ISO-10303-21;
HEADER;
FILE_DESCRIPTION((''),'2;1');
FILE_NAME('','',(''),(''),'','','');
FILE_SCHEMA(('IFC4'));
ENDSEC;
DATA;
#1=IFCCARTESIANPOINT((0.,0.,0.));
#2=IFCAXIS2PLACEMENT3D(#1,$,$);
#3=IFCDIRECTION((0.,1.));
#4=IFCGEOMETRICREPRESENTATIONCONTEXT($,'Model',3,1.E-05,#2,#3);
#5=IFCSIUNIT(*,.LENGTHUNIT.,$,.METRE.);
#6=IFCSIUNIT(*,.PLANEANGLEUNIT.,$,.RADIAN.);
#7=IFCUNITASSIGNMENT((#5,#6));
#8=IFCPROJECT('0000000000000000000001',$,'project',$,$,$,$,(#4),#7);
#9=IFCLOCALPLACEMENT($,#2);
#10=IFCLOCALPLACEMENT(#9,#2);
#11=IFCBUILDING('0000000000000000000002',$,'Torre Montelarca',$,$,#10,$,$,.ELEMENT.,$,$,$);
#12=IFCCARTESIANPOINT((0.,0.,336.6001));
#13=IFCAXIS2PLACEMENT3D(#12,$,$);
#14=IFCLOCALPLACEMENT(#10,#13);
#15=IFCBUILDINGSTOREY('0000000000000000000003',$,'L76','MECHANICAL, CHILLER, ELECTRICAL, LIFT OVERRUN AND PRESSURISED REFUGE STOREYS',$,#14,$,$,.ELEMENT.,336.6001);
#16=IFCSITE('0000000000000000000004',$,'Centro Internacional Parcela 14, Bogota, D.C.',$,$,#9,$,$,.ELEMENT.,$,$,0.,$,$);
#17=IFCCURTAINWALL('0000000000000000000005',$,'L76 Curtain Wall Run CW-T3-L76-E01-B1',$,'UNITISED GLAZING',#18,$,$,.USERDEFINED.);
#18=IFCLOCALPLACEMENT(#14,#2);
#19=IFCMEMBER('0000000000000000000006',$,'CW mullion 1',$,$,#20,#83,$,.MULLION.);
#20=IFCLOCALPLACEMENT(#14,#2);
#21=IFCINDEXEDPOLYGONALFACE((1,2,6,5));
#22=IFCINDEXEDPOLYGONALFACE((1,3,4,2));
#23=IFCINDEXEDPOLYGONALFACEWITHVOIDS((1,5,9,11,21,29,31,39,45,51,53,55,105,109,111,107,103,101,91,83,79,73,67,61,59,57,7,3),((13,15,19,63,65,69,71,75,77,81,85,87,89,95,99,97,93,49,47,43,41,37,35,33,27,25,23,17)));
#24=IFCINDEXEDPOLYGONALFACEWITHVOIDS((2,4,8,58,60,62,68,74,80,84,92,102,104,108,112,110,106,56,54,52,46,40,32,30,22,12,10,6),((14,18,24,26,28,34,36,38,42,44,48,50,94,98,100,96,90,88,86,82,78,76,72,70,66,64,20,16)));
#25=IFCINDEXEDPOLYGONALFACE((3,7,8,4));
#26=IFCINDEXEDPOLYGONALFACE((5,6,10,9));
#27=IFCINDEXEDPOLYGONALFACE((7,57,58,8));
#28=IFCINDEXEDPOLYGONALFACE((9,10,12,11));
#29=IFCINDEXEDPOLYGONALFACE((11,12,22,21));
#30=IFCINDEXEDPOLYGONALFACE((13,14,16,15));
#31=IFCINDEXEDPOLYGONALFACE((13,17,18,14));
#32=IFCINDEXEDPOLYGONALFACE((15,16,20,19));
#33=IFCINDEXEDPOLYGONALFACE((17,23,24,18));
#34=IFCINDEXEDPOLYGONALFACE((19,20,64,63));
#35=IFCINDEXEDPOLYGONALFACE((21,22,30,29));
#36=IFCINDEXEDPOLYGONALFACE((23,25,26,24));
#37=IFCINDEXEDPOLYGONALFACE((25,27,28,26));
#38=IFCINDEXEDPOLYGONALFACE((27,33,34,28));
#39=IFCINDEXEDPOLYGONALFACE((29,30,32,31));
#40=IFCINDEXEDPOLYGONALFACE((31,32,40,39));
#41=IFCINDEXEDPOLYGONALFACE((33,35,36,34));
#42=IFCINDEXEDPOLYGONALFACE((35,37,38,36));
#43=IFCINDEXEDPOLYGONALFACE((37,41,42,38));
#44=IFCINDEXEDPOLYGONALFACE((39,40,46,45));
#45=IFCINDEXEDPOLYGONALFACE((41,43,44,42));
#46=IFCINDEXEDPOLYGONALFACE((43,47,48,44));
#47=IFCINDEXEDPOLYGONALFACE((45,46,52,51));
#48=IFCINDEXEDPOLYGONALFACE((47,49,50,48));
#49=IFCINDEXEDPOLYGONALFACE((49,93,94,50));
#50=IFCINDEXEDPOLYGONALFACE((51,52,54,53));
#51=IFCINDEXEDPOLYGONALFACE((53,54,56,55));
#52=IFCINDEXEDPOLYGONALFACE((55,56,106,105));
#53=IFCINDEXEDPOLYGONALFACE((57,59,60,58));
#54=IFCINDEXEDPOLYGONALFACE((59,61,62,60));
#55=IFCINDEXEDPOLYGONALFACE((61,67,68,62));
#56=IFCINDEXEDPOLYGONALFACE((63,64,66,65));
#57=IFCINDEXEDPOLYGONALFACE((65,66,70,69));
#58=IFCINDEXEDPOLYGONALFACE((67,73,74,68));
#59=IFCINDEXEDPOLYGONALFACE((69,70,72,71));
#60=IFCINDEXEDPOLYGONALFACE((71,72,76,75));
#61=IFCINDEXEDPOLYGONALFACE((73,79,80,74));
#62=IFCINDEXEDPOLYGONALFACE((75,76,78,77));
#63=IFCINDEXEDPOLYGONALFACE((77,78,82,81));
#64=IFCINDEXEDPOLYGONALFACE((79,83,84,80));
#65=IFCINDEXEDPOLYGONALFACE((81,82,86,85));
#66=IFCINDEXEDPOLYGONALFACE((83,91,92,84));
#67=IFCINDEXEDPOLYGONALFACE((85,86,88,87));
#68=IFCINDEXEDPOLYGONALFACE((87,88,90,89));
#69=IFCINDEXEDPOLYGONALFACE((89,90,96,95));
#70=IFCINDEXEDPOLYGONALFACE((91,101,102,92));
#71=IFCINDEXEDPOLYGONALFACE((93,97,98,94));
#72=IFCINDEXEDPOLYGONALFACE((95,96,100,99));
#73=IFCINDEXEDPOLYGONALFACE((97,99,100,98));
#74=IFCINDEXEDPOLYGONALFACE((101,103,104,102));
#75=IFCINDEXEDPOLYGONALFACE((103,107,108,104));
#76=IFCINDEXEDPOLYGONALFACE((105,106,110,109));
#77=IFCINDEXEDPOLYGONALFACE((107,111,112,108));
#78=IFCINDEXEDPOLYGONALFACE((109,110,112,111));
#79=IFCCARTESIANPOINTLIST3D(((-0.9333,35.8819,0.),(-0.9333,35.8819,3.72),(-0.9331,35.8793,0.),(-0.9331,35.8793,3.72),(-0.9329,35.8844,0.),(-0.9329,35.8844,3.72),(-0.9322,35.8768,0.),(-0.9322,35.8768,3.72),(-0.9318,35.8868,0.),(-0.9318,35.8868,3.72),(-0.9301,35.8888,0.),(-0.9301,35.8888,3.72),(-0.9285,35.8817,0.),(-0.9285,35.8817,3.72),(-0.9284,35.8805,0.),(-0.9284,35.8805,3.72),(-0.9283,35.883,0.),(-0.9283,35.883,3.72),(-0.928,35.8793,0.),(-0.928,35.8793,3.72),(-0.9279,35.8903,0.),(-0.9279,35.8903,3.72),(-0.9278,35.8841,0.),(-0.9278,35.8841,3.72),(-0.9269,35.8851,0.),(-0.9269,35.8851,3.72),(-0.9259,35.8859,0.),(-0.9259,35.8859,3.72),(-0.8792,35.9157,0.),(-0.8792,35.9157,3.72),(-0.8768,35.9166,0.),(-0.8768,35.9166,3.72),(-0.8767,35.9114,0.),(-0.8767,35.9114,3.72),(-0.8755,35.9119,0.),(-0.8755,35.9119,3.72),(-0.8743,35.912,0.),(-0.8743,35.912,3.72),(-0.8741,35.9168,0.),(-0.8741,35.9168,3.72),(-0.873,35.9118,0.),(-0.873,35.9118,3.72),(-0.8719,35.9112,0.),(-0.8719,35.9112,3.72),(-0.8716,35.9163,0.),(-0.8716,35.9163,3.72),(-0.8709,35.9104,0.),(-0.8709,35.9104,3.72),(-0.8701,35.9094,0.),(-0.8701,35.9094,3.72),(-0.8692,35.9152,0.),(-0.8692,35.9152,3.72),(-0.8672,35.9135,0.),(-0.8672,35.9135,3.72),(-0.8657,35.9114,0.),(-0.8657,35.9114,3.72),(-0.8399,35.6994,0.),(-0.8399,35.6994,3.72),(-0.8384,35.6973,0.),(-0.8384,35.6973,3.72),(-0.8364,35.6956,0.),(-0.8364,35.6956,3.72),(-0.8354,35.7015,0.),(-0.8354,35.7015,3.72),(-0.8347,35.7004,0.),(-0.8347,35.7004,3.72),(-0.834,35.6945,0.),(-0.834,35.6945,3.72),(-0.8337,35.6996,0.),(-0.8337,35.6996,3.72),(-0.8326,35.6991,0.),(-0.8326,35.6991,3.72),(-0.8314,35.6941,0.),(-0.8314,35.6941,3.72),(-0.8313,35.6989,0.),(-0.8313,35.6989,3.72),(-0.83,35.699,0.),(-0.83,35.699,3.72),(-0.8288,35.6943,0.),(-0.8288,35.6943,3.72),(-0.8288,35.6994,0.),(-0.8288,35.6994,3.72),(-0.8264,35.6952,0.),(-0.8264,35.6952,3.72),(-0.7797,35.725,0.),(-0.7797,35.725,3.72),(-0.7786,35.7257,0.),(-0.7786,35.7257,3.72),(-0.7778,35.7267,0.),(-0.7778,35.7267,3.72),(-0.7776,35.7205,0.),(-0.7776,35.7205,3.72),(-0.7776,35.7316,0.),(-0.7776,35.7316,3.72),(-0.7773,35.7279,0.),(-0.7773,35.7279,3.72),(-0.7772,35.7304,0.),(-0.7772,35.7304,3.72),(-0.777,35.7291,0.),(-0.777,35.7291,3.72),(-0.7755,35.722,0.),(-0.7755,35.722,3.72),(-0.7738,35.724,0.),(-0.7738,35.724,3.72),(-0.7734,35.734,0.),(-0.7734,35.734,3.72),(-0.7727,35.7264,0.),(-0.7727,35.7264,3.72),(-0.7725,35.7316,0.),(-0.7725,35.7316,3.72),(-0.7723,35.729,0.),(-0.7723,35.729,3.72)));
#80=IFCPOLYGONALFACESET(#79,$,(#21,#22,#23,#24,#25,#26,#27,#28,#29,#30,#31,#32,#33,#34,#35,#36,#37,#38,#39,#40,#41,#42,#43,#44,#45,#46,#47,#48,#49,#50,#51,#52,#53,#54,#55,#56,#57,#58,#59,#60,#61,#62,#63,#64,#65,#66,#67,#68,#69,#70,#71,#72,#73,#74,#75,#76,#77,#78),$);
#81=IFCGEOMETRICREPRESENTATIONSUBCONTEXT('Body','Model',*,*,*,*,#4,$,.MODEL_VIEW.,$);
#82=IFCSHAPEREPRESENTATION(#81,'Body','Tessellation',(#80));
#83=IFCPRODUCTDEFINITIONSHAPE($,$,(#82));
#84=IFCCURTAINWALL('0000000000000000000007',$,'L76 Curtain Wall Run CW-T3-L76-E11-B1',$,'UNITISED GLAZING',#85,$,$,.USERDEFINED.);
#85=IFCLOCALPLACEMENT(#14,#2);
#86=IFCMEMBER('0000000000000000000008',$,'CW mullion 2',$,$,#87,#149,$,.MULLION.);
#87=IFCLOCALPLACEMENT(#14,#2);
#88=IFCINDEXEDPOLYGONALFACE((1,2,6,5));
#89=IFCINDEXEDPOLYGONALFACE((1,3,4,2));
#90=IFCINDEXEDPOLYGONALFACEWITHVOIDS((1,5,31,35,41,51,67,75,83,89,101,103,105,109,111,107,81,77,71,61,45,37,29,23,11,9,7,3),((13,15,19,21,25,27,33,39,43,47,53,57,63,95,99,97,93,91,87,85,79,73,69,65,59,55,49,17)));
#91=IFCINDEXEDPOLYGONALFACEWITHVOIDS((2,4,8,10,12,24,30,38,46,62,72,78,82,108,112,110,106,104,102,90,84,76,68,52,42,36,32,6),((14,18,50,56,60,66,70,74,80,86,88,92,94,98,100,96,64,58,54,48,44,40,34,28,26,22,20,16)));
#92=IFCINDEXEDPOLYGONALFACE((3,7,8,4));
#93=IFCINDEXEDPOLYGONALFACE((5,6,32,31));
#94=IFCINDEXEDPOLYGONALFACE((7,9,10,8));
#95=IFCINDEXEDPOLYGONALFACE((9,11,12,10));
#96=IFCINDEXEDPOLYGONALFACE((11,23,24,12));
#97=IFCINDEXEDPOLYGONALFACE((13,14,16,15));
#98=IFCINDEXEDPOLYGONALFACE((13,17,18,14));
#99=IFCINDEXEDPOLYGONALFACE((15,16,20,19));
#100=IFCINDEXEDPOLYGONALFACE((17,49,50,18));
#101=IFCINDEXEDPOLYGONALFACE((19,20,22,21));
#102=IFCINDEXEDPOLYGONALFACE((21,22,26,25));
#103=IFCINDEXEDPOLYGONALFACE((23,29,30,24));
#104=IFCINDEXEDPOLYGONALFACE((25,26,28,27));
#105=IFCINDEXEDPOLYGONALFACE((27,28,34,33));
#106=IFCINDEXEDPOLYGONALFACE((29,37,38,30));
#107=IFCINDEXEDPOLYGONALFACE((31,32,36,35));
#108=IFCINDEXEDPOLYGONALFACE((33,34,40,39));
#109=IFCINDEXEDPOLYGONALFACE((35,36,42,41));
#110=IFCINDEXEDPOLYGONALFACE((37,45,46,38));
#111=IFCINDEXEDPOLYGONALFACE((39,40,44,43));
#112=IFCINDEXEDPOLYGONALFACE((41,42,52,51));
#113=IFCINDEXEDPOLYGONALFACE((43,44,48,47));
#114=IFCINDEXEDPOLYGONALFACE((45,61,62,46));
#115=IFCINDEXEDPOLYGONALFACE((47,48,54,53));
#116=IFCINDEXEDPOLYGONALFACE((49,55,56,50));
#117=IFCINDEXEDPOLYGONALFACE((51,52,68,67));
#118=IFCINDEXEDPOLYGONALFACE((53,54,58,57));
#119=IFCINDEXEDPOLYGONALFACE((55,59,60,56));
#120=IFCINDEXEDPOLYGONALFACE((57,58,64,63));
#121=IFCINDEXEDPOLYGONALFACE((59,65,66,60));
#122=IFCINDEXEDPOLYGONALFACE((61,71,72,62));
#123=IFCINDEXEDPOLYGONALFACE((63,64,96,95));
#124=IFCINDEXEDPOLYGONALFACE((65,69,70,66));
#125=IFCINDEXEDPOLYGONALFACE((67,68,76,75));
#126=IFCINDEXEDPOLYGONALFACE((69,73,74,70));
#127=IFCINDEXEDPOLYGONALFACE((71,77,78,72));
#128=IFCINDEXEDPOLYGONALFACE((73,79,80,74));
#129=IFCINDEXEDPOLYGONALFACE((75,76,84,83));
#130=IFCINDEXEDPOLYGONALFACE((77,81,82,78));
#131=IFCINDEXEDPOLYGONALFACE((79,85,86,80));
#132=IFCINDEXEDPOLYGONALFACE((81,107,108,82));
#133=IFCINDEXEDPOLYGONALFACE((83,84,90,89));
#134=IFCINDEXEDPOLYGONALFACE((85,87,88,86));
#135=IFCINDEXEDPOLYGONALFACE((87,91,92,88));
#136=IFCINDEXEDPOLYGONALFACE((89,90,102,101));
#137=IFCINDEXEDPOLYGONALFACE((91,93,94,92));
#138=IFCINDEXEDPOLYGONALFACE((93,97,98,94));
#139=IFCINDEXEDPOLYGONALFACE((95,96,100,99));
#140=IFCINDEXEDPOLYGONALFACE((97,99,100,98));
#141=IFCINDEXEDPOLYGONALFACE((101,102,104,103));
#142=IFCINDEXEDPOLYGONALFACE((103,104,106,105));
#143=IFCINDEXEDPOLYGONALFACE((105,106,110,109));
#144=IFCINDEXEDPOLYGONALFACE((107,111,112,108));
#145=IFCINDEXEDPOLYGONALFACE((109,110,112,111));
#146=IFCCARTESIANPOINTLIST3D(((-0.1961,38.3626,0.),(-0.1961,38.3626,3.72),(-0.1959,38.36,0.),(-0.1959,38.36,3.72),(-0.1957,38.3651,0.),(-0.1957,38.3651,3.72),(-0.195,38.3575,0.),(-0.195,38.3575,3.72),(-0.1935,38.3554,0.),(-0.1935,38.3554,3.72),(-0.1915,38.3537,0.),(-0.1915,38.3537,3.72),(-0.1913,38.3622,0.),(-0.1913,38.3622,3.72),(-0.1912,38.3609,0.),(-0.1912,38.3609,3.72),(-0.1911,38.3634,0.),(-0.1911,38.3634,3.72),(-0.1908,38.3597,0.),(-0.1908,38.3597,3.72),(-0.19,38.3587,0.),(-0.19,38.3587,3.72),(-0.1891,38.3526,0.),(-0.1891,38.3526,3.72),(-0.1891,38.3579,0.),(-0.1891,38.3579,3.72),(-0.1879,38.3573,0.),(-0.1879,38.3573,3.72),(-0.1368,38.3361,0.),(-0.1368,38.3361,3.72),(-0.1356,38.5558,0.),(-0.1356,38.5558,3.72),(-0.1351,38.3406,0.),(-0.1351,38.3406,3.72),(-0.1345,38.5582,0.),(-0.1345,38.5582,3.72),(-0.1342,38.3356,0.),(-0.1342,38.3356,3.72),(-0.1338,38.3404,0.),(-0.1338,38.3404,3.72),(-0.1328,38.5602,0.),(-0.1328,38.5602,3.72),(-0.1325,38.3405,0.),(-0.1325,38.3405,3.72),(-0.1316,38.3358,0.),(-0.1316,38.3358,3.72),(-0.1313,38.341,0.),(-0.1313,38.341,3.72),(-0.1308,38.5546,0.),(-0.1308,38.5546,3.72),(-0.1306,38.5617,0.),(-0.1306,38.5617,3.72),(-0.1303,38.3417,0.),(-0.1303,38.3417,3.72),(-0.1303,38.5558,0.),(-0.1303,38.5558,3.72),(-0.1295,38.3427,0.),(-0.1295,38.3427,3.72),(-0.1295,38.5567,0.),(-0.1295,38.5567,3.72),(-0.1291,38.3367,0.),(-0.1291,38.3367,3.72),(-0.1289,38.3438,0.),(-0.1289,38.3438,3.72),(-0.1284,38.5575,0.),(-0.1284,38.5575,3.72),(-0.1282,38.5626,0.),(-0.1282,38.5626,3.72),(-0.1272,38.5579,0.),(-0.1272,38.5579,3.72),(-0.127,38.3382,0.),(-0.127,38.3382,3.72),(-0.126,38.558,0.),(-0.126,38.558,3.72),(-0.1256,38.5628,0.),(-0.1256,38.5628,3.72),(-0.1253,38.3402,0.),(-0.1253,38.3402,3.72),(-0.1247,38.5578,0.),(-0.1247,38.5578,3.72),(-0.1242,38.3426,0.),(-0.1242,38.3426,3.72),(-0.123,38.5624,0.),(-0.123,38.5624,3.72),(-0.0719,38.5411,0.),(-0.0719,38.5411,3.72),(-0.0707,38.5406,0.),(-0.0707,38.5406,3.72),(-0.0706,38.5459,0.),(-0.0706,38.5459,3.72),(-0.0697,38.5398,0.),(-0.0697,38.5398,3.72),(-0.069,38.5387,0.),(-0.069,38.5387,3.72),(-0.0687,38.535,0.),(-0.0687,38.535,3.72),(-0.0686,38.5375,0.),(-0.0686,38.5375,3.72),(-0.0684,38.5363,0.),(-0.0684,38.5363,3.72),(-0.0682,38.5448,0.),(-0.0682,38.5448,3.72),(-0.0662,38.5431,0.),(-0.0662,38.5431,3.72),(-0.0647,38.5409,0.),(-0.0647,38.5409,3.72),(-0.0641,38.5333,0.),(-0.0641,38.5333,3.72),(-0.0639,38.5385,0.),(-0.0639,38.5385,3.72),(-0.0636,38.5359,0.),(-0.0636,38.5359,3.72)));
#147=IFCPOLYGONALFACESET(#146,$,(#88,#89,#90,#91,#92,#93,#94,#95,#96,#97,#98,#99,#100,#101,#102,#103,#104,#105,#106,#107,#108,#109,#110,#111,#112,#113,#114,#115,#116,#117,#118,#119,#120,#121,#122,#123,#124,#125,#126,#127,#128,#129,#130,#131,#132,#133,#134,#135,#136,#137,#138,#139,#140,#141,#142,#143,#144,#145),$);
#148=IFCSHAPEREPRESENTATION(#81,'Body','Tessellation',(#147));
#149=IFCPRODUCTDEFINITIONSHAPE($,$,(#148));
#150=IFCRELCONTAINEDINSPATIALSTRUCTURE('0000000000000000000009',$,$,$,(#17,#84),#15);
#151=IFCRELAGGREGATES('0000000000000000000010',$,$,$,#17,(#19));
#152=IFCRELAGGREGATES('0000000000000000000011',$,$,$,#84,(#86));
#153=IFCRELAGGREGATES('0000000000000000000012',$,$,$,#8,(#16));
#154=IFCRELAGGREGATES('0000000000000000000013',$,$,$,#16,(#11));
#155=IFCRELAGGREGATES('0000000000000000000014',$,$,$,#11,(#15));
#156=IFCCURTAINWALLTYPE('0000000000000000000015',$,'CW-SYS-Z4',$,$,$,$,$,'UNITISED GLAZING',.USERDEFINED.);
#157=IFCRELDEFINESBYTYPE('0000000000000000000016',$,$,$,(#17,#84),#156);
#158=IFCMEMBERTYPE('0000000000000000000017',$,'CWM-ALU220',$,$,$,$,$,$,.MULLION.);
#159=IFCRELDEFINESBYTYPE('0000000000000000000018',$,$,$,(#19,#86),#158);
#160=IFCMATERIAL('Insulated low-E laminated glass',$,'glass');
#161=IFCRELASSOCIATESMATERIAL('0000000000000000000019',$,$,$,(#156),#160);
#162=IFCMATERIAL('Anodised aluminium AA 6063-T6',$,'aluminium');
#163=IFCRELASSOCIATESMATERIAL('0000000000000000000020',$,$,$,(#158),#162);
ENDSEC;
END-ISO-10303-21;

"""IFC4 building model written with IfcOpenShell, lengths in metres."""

from ifc_helpers import new_model, si_unit, direction, frame, origin, origin_2d, place, context, subcontext, project, spatial, hollow_rectangle, extrude, source, transform, mapped, material, material_profile, profile_set, type_object, element, aggregate, save


model = new_model("IFC4")

# Units and contexts
model_context = context("Model", 3, precision=1e-05, world=origin(), true_north=direction((0.0, 1.0)))
body_context = subcontext(model_context, "Body", "Model", "MODEL_VIEW")
ifc_project = project(units=[si_unit("LENGTHUNIT", "METRE"), si_unit("PLANEANGLEUNIT", "RADIAN")], contexts=[model_context])

# Site, building, storey
site_placement = place(None, origin())
site = spatial("IfcSite", under=ifc_project, at=site_placement, Name="Centro Internacional Parcela 14, Bogota, D.C.", CompositionType="ELEMENT", RefElevation=0.0)
building_placement = place(site_placement, origin())
building = spatial("IfcBuilding", under=site, at=building_placement, Name="Torre Montelarca", CompositionType="ELEMENT")
storey_placement = place(building_placement, frame((0.0, 0.0, 336.6001)))
storey = spatial("IfcBuildingStorey", under=building, at=storey_placement, Name="L76", Description="MECHANICAL, CHILLER, ELECTRICAL, LIFT OVERRUN AND PRESSURISED REFUGE STOREYS", CompositionType="ELEMENT", Elevation=336.6001)

# Curtain wall, member
ifc_material_1 = material(Name="Insulated low-E laminated glass", Category="glass")
curtain_wall_type = type_object("IfcCurtainWallType", Name="CW-SYS-Z4", ElementType="UNITISED GLAZING", PredefinedType="USERDEFINED", material=ifc_material_1)
curtain_wall_1_placement = place(storey_placement, origin())
curtain_wall_1 = element("IfcCurtainWall", 1, at=curtain_wall_1_placement, inside=storey, type_object=curtain_wall_type, Name="L76 Curtain Wall Run CW-T3-L76-E01-B1", ObjectType="UNITISED GLAZING", PredefinedType="USERDEFINED")
ifc_material_2 = material(Name="Anodised aluminium AA 6063-T6", Category="aluminium")
ifc_material_profile_1 = material_profile(ifc_material_2, hollow_rectangle(XDim=0.075, YDim=0.22, WallThickness=0.0049, InnerFilletRadius=0.0049, OuterFilletRadius=0.01, at=origin_2d()), Name="ALU75X220X5", Category="aluminium")
ifc_profile_set_1 = profile_set([ifc_material_profile_1], Name="Anodised aluminium AA 6063-T6")
member_type_1 = type_object("IfcMemberType", Name="CWM-ALU220", PredefinedType="MULLION", material=ifc_profile_set_1)
shared_shape_1 = source(origin(), body_context, "Body", "SweptSolid", [
    extrude(hollow_rectangle(XDim=0.075, YDim=0.22, WallThickness=0.0049, InnerFilletRadius=0.0049, OuterFilletRadius=0.01, at=origin_2d()), origin(), (0.0, 0.0, 1.0), 3.72),
])
member_1_placement = place(storey_placement, frame((-0.8528, 35.8054, 0.0), z_axis=(0.0, 0.0, 1.0), x_axis=(0.887011, 0.461749, 0.0)))
member_1 = element("IfcMember", 2, at=member_1_placement, type_object=member_type_1, Name="CW mullion 1", PredefinedType="MULLION", context=body_context, shape_type="MappedRepresentation", body=[
    mapped(shared_shape_1, transform((0.0, 0.0, 0.0), scale=1.0)),
])

# Curtain wall, member
curtain_wall_2_placement = place(storey_placement, origin())
curtain_wall_2 = element("IfcCurtainWall", 3, at=curtain_wall_2_placement, inside=storey, type_object=curtain_wall_type, Name="L76 Curtain Wall Run CW-T3-L76-E11-B1", ObjectType="UNITISED GLAZING", PredefinedType="USERDEFINED")
member_2_placement = place(storey_placement, frame((-0.1299, 38.4492, 0.0), z_axis=(0.0, 0.0, 1.0), x_axis=(0.953721, -0.300693, 0.0)))
member_2 = element("IfcMember", 4, at=member_2_placement, type_object=member_type_1, Name="CW mullion 2", PredefinedType="MULLION", context=body_context, shape_type="MappedRepresentation", body=[
    mapped(shared_shape_1, transform((0.0, 0.0, 0.0), scale=1.0)),
])

aggregate(curtain_wall_1, [member_1])

aggregate(curtain_wall_2, [member_2])

save(model, "model.ifc")
